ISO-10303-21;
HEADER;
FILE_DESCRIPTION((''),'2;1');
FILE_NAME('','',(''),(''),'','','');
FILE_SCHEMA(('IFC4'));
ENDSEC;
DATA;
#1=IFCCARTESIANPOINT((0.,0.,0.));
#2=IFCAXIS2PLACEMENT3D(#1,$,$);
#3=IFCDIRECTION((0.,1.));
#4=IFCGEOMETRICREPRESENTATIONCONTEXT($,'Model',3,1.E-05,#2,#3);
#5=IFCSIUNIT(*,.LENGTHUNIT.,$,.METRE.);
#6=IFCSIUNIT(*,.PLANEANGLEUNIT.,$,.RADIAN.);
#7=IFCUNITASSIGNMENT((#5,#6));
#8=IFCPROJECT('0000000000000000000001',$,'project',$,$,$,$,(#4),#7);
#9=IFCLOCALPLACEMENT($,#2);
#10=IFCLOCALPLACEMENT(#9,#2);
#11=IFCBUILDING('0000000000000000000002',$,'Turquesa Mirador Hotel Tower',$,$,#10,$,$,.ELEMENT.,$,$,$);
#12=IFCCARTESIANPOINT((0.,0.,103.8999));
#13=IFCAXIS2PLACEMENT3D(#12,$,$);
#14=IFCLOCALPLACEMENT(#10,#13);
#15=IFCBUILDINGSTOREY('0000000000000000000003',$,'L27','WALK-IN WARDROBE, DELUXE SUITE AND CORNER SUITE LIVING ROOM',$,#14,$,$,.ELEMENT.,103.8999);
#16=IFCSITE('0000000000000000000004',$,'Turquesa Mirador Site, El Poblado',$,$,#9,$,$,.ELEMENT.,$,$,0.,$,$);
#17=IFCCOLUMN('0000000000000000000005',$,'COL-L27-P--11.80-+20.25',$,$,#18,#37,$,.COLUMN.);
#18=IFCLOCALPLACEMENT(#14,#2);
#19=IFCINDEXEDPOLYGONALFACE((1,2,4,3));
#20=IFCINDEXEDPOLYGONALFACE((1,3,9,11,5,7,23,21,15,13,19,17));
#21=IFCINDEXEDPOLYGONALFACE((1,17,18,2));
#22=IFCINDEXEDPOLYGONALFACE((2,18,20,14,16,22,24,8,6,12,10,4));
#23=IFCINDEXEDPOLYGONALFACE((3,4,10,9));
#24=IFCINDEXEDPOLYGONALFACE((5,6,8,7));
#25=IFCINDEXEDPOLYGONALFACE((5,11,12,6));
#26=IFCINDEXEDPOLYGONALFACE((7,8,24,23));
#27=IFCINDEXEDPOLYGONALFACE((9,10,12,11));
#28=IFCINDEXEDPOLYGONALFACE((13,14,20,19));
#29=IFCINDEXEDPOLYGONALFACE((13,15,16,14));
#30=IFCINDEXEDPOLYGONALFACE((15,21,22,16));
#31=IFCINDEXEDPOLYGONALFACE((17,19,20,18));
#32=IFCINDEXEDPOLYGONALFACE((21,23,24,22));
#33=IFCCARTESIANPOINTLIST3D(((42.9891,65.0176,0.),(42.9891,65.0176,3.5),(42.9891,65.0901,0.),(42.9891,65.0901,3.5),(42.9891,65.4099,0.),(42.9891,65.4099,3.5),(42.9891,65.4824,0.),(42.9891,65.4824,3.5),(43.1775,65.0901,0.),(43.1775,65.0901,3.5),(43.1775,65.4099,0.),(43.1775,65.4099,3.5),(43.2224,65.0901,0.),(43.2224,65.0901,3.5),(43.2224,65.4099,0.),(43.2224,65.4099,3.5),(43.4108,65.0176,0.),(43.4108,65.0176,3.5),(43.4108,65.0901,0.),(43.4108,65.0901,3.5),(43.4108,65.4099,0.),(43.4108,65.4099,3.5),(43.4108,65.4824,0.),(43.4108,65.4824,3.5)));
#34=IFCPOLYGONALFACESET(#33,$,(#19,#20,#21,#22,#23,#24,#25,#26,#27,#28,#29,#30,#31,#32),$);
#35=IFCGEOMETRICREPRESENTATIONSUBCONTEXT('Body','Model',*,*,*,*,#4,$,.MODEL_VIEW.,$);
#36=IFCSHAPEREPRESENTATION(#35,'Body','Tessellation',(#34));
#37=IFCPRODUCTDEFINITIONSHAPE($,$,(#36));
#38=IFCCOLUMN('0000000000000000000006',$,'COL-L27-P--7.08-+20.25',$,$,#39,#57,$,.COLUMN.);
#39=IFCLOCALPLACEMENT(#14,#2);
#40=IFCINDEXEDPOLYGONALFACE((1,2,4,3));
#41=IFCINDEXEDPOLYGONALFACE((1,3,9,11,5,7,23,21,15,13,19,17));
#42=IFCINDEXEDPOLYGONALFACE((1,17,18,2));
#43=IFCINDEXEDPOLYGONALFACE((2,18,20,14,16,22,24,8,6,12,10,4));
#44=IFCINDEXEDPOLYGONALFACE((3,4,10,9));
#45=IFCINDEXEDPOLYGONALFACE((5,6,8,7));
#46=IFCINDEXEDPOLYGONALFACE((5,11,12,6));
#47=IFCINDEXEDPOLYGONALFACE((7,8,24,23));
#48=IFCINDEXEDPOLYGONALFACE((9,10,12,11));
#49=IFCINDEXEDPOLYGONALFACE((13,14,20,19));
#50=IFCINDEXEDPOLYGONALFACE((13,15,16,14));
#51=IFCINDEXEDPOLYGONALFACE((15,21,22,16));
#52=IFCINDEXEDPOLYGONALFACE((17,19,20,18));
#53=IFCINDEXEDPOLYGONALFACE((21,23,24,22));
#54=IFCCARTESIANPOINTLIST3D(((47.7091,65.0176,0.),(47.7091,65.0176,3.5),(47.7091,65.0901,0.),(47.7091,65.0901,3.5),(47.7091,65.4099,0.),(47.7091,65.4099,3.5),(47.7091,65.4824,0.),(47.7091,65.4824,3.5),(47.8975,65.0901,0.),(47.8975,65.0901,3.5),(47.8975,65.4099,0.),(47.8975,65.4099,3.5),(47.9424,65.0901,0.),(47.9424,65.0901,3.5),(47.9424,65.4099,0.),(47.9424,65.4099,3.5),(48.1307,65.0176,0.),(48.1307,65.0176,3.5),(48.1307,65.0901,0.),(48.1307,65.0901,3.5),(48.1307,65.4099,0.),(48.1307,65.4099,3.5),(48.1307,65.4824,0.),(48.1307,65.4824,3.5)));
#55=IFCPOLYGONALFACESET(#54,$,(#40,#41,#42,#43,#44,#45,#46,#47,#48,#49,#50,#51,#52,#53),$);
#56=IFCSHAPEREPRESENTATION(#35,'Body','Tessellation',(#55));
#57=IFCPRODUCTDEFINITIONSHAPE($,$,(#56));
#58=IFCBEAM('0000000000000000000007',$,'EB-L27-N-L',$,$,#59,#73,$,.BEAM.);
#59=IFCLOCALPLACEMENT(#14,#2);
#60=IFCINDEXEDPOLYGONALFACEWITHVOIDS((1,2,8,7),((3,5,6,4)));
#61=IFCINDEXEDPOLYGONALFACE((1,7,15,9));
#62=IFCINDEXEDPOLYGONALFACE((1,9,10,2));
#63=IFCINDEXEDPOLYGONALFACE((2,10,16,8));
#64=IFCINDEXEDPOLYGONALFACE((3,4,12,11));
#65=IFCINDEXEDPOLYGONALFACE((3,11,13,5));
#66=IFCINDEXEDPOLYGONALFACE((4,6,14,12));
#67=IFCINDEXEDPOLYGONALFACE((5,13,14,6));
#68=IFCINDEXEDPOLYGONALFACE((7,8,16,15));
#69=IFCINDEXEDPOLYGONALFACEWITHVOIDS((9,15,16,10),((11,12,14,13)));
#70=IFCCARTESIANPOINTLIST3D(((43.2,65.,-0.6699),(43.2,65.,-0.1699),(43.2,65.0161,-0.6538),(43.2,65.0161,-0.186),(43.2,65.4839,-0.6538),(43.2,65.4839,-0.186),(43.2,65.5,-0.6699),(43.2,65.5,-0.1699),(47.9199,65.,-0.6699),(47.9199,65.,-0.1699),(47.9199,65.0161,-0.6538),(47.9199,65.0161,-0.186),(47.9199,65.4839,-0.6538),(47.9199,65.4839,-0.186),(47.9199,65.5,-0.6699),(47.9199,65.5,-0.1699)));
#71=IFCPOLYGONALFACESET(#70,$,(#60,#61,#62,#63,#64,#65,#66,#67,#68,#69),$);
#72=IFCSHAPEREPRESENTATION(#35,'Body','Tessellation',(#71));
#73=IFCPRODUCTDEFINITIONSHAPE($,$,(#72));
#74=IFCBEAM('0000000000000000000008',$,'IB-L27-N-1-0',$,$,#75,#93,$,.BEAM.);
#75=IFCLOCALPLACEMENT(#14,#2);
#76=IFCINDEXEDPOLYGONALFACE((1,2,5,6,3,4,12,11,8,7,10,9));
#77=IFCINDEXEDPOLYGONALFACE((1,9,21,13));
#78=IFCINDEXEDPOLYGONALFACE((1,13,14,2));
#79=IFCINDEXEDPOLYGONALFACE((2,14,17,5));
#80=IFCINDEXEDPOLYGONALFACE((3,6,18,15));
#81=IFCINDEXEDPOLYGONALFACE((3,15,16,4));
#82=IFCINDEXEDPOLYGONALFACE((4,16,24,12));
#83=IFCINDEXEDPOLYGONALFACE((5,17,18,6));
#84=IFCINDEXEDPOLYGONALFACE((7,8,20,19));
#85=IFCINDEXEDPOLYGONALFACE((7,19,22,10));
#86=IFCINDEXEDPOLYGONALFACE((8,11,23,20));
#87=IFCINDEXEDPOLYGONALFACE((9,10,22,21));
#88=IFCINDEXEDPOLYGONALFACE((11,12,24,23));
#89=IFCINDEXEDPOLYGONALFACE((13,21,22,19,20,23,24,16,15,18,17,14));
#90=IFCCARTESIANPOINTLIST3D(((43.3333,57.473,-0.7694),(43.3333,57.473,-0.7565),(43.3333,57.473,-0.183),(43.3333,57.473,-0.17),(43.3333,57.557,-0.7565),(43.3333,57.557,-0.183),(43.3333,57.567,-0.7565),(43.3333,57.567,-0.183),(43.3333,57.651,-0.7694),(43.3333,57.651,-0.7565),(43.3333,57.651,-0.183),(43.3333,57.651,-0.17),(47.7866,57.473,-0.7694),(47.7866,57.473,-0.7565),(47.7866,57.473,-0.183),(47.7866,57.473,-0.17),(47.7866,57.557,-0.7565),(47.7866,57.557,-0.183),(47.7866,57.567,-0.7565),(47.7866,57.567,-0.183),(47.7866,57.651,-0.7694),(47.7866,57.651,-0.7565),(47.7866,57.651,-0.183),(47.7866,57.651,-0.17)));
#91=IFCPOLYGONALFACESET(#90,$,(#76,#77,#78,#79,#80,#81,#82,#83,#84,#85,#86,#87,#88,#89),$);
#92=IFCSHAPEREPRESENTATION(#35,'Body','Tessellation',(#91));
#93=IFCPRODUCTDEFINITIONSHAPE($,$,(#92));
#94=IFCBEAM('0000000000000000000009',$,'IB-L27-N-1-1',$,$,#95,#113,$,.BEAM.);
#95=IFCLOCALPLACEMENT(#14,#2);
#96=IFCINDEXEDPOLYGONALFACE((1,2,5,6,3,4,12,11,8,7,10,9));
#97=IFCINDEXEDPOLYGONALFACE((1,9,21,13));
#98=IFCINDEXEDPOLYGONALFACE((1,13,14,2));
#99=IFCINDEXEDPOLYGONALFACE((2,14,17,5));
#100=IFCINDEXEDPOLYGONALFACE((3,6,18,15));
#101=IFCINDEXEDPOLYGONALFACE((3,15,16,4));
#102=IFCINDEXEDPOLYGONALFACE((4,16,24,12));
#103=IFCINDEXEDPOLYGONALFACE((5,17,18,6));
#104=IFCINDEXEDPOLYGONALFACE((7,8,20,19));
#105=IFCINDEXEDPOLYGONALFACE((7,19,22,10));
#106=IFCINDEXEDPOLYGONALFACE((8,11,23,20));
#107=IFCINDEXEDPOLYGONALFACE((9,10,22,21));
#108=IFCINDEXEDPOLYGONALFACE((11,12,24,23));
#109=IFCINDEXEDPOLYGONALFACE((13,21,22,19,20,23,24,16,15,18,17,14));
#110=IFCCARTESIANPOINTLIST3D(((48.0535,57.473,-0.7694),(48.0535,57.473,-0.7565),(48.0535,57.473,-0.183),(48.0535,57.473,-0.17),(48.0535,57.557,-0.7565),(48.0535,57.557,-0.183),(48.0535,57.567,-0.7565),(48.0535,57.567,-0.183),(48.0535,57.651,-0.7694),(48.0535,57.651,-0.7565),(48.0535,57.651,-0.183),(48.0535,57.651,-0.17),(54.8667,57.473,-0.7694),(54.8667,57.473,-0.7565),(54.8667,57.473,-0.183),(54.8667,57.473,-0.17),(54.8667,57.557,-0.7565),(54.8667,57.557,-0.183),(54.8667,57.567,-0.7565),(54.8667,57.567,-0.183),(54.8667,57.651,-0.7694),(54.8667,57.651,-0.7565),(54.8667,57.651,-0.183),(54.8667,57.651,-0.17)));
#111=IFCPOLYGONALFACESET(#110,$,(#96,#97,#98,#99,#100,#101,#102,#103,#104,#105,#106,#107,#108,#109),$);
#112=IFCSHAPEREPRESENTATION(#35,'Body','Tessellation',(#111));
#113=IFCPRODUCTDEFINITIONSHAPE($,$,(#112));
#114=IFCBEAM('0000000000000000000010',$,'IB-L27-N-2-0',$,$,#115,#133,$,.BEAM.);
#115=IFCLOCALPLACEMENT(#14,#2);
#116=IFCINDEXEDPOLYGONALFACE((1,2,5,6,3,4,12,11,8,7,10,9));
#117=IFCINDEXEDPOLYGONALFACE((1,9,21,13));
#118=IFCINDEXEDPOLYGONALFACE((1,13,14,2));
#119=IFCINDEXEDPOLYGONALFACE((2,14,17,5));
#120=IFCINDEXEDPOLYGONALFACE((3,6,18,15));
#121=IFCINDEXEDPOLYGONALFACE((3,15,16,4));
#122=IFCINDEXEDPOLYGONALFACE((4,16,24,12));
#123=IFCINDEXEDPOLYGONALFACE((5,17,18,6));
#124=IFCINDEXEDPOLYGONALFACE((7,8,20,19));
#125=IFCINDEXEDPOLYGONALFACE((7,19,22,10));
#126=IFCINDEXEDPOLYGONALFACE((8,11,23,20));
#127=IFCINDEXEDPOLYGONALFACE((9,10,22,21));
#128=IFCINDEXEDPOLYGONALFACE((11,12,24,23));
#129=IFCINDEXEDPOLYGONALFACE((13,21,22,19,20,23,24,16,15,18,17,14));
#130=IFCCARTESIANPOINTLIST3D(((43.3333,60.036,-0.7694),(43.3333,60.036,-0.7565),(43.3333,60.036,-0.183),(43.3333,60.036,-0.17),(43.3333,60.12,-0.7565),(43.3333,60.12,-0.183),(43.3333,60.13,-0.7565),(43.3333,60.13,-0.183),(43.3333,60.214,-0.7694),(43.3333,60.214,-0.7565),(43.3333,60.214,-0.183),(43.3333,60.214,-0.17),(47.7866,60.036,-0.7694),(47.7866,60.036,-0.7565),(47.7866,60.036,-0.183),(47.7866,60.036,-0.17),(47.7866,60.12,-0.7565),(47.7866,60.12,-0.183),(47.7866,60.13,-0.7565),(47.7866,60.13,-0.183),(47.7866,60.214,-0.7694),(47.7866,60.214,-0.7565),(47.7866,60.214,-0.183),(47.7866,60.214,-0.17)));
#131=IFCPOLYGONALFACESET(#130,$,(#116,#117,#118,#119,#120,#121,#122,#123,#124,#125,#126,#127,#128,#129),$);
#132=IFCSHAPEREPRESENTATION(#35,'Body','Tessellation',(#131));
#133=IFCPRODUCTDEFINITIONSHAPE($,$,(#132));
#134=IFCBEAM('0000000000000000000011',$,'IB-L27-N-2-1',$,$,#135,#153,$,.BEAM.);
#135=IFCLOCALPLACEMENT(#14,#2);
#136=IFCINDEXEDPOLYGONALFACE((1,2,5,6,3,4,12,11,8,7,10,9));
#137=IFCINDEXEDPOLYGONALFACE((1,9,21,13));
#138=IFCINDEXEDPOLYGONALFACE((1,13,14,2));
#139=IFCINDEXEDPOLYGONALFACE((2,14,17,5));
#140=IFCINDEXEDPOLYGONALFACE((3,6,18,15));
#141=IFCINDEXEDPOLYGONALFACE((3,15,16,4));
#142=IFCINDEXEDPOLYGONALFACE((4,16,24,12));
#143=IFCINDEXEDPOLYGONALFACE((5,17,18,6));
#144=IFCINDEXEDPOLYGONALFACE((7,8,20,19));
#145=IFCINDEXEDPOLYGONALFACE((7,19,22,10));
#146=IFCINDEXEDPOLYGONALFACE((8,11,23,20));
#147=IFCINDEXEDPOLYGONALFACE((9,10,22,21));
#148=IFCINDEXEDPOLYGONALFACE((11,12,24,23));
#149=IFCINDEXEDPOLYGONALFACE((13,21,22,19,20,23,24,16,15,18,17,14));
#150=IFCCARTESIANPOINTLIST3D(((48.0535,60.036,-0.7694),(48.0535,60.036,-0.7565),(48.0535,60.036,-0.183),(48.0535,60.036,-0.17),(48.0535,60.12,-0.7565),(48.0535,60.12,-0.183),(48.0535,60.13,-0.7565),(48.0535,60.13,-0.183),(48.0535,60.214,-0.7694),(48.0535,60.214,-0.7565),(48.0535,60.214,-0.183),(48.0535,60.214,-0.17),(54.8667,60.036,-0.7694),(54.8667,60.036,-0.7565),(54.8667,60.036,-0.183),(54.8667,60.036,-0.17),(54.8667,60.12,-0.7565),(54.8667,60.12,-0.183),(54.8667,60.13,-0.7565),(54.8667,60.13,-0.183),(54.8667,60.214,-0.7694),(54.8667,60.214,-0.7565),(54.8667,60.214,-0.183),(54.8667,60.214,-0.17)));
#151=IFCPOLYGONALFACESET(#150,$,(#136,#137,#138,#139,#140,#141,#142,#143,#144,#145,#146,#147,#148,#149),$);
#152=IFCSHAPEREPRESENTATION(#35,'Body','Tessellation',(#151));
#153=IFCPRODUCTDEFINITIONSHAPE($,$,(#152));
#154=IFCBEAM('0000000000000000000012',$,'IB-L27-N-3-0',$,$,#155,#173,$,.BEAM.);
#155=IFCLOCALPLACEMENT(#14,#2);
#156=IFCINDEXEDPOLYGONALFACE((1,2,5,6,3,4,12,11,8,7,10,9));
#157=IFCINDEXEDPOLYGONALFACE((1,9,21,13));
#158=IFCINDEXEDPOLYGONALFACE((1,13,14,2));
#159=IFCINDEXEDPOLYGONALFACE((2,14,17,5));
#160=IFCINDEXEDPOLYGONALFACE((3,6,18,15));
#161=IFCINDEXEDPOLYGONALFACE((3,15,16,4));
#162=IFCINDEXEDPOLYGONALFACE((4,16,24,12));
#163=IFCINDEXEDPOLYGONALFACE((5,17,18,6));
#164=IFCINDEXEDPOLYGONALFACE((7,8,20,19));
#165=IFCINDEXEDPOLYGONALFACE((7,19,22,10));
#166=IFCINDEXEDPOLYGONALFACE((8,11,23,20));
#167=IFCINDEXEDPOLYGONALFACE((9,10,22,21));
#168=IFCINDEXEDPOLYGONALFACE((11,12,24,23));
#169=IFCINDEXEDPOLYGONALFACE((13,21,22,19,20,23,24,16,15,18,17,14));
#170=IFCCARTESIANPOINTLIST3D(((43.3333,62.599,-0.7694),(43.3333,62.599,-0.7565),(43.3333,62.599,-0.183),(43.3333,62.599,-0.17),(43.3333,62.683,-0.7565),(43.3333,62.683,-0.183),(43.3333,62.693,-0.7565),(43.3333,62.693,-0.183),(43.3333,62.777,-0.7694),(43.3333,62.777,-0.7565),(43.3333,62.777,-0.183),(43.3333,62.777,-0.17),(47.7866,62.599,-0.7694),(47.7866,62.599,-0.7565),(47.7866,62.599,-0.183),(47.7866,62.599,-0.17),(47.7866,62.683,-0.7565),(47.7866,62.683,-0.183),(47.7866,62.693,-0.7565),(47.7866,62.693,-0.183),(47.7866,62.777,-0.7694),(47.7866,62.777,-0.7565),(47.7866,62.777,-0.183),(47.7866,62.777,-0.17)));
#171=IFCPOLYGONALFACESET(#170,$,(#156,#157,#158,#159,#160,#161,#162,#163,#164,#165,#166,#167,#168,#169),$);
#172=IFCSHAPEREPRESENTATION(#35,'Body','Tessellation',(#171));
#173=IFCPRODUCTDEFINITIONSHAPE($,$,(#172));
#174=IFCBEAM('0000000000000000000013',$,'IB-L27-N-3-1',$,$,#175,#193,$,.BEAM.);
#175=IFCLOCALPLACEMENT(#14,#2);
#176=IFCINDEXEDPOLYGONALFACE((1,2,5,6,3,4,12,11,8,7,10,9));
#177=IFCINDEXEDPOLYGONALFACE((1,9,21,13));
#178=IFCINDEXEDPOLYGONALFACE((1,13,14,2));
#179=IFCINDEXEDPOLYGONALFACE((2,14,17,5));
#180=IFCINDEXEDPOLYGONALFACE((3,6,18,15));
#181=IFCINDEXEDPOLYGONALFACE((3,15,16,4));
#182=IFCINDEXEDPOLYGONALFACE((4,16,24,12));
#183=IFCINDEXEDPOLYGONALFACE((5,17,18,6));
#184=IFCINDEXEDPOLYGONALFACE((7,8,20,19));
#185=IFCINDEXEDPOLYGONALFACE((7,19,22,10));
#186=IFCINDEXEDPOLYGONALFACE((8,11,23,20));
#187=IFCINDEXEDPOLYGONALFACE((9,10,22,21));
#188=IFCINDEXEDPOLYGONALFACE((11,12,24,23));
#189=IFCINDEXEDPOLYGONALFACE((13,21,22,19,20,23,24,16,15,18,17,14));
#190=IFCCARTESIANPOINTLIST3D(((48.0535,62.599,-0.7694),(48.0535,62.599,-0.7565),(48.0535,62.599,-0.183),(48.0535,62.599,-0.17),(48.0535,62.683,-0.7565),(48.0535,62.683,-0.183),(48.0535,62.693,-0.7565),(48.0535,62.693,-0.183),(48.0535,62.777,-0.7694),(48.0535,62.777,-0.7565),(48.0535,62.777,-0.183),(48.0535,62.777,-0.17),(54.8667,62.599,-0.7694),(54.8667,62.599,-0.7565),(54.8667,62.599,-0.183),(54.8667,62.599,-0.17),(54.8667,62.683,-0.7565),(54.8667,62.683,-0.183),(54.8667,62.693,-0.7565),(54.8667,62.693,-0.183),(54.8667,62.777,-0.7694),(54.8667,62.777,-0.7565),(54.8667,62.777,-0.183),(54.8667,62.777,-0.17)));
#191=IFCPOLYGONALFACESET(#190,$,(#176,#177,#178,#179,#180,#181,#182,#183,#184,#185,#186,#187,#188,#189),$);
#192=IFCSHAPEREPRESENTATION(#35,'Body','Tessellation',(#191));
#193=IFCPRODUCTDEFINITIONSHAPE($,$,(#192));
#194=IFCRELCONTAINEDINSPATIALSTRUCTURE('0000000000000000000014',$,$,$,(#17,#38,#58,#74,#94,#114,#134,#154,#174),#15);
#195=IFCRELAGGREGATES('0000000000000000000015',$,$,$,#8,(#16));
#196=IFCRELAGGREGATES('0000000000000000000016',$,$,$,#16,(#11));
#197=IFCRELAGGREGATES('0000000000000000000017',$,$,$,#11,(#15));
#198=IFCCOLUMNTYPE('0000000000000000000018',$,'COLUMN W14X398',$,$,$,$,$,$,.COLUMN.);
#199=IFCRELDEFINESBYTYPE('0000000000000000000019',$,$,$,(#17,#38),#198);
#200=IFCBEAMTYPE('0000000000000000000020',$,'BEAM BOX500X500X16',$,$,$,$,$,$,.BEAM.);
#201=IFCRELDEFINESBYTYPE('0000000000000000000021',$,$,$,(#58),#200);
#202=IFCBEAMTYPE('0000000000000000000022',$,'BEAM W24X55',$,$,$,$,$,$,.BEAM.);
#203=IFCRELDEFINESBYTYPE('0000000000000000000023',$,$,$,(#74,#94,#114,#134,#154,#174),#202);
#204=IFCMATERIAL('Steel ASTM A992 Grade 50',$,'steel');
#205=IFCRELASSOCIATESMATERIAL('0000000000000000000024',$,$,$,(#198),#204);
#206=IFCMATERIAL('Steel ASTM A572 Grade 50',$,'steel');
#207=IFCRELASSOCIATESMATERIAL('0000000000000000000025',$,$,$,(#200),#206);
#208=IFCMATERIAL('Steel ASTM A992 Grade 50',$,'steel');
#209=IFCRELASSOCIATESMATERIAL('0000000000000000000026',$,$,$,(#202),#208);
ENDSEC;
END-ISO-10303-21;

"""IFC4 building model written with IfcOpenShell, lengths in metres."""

from ifc_helpers import new_model, si_unit, direction, frame, origin, origin_2d, place, context, subcontext, project, spatial, hollow_rectangle, i_section, extrude, material, material_profile, profile_set, type_object, element, save


model = new_model("IFC4")

# Units and contexts
model_context = context("Model", 3, precision=1e-05, world=origin(), true_north=direction((0.0, 1.0)))
body_context = subcontext(model_context, "Body", "Model", "MODEL_VIEW")
ifc_project = project(units=[si_unit("LENGTHUNIT", "METRE"), si_unit("PLANEANGLEUNIT", "RADIAN")], contexts=[model_context])

# Site, building, storey
site_placement = place(None, origin())
site = spatial("IfcSite", under=ifc_project, at=site_placement, Name="Turquesa Mirador Site, El Poblado", CompositionType="ELEMENT", RefElevation=0.0)
building_placement = place(site_placement, origin())
building = spatial("IfcBuilding", under=site, at=building_placement, Name="Turquesa Mirador Hotel Tower", CompositionType="ELEMENT")
storey_placement = place(building_placement, frame((0.0, 0.0, 103.8999)))
storey = spatial("IfcBuildingStorey", under=building, at=storey_placement, Name="L27", Description="WALK-IN WARDROBE, DELUXE SUITE AND CORNER SUITE LIVING ROOM", CompositionType="ELEMENT", Elevation=103.8999)

# Columns
ifc_material_1 = material(Name="Steel ASTM A992 Grade 50", Category="steel")
ifc_material_profile_1 = material_profile(ifc_material_1, i_section(OverallWidth=0.4216, OverallDepth=0.4648, WebThickness=0.0449, FlangeThickness=0.0725, at=origin_2d()), Name="W14X398")
ifc_profile_set_1 = profile_set([ifc_material_profile_1], Name="Steel ASTM A992 Grade 50")
column_type = type_object("IfcColumnType", Name="COLUMN W14X398", PredefinedType="COLUMN", material=ifc_profile_set_1)
for number, where, z_axis, x_axis, name in (
    (1, (43.2, 65.25, 0.0), (0.0, 0.0, 1.0), (1.0, 0.0, 0.0), "COL-L27-P--11.80-+20.25"),
    (2, (47.9199, 65.25, 0.0), (0.0, 0.0, 1.0), (1.0, 0.0, 0.0), "COL-L27-P--7.08-+20.25"),
):
    element("IfcColumn", number, at=place(storey_placement, frame(where, z_axis=z_axis, x_axis=x_axis)), inside=storey, type_object=column_type, Name=name, PredefinedType="COLUMN", context=body_context, shape_type="SweptSolid", body=[
        extrude(i_section(OverallWidth=0.4216, OverallDepth=0.4648, WebThickness=0.0449, FlangeThickness=0.0725, at=origin_2d()), origin(), (0.0, 0.0, 1.0), 3.5),
    ])

# Beams
ifc_material_2 = material(Name="Steel ASTM A572 Grade 50", Category="steel")
ifc_material_profile_2 = material_profile(ifc_material_2, hollow_rectangle(XDim=0.5, YDim=0.5, WallThickness=0.0161, at=origin_2d()), Name="BOX500X500X16")
ifc_profile_set_2 = profile_set([ifc_material_profile_2], Name="Steel ASTM A572 Grade 50")
beam_type_1 = type_object("IfcBeamType", Name="BEAM BOX500X500X16", PredefinedType="BEAM", material=ifc_profile_set_2)
beam_1_placement = place(storey_placement, frame((43.2, 65.25, -0.4199), z_axis=(1.0, 0.0, 0.0), x_axis=(0.0, 1.0, 0.0)))
element("IfcBeam", 3, at=beam_1_placement, inside=storey, type_object=beam_type_1, Name="EB-L27-N-L", PredefinedType="BEAM", context=body_context, shape_type="SweptSolid", body=[
    extrude(hollow_rectangle(XDim=0.5, YDim=0.5, WallThickness=0.0161, at=origin_2d()), origin(), (0.0, 0.0, 1.0), 4.72),
])
ifc_material_3 = material(Name="Steel ASTM A992 Grade 50", Category="steel")
ifc_material_profile_3 = material_profile(ifc_material_3, i_section(OverallWidth=0.178, OverallDepth=0.5994, WebThickness=0.01, FlangeThickness=0.0129, at=origin_2d()), Name="W24X55")
ifc_profile_set_3 = profile_set([ifc_material_profile_3], Name="Steel ASTM A992 Grade 50")
beam_type_2 = type_object("IfcBeamType", Name="BEAM W24X55", PredefinedType="BEAM", material=ifc_profile_set_3)
beam_2_placement = place(storey_placement, frame((43.3333, 57.562, -0.4697), z_axis=(1.0, 0.0, 0.0), x_axis=(0.0, 1.0, 0.0)))
element("IfcBeam", 4, at=beam_2_placement, inside=storey, type_object=beam_type_2, Name="IB-L27-N-1-0", PredefinedType="BEAM", context=body_context, shape_type="SweptSolid", body=[
    extrude(i_section(OverallWidth=0.178, OverallDepth=0.5994, WebThickness=0.01, FlangeThickness=0.0129, at=origin_2d()), origin(), (0.0, 0.0, 1.0), 4.4534),
])
beam_3_placement = place(storey_placement, frame((48.0535, 57.562, -0.4697), z_axis=(1.0, 0.0, 0.0), x_axis=(0.0, 1.0, 0.0)))
element("IfcBeam", 5, at=beam_3_placement, inside=storey, type_object=beam_type_2, Name="IB-L27-N-1-1", PredefinedType="BEAM", context=body_context, shape_type="SweptSolid", body=[
    extrude(i_section(OverallWidth=0.178, OverallDepth=0.5994, WebThickness=0.01, FlangeThickness=0.0129, at=origin_2d()), origin(), (0.0, 0.0, 1.0), 6.8132),
])
beam_4_placement = place(storey_placement, frame((43.3333, 60.125, -0.4697), z_axis=(1.0, 0.0, 0.0), x_axis=(0.0, 1.0, 0.0)))
element("IfcBeam", 6, at=beam_4_placement, inside=storey, type_object=beam_type_2, Name="IB-L27-N-2-0", PredefinedType="BEAM", context=body_context, shape_type="SweptSolid", body=[
    extrude(i_section(OverallWidth=0.178, OverallDepth=0.5994, WebThickness=0.01, FlangeThickness=0.0129, at=origin_2d()), origin(), (0.0, 0.0, 1.0), 4.4534),
])
beam_5_placement = place(storey_placement, frame((48.0535, 60.125, -0.4697), z_axis=(1.0, 0.0, 0.0), x_axis=(0.0, 1.0, 0.0)))
element("IfcBeam", 7, at=beam_5_placement, inside=storey, type_object=beam_type_2, Name="IB-L27-N-2-1", PredefinedType="BEAM", context=body_context, shape_type="SweptSolid", body=[
    extrude(i_section(OverallWidth=0.178, OverallDepth=0.5994, WebThickness=0.01, FlangeThickness=0.0129, at=origin_2d()), origin(), (0.0, 0.0, 1.0), 6.8132),
])
beam_6_placement = place(storey_placement, frame((43.3333, 62.688, -0.4697), z_axis=(1.0, 0.0, 0.0), x_axis=(0.0, 1.0, 0.0)))
element("IfcBeam", 8, at=beam_6_placement, inside=storey, type_object=beam_type_2, Name="IB-L27-N-3-0", PredefinedType="BEAM", context=body_context, shape_type="SweptSolid", body=[
    extrude(i_section(OverallWidth=0.178, OverallDepth=0.5994, WebThickness=0.01, FlangeThickness=0.0129, at=origin_2d()), origin(), (0.0, 0.0, 1.0), 4.4534),
])
beam_7_placement = place(storey_placement, frame((48.0535, 62.688, -0.4697), z_axis=(1.0, 0.0, 0.0), x_axis=(0.0, 1.0, 0.0)))
element("IfcBeam", 9, at=beam_7_placement, inside=storey, type_object=beam_type_2, Name="IB-L27-N-3-1", PredefinedType="BEAM", context=body_context, shape_type="SweptSolid", body=[
    extrude(i_section(OverallWidth=0.178, OverallDepth=0.5994, WebThickness=0.01, FlangeThickness=0.0129, at=origin_2d()), origin(), (0.0, 0.0, 1.0), 6.8132),
])

save(model, "model.ifc")
